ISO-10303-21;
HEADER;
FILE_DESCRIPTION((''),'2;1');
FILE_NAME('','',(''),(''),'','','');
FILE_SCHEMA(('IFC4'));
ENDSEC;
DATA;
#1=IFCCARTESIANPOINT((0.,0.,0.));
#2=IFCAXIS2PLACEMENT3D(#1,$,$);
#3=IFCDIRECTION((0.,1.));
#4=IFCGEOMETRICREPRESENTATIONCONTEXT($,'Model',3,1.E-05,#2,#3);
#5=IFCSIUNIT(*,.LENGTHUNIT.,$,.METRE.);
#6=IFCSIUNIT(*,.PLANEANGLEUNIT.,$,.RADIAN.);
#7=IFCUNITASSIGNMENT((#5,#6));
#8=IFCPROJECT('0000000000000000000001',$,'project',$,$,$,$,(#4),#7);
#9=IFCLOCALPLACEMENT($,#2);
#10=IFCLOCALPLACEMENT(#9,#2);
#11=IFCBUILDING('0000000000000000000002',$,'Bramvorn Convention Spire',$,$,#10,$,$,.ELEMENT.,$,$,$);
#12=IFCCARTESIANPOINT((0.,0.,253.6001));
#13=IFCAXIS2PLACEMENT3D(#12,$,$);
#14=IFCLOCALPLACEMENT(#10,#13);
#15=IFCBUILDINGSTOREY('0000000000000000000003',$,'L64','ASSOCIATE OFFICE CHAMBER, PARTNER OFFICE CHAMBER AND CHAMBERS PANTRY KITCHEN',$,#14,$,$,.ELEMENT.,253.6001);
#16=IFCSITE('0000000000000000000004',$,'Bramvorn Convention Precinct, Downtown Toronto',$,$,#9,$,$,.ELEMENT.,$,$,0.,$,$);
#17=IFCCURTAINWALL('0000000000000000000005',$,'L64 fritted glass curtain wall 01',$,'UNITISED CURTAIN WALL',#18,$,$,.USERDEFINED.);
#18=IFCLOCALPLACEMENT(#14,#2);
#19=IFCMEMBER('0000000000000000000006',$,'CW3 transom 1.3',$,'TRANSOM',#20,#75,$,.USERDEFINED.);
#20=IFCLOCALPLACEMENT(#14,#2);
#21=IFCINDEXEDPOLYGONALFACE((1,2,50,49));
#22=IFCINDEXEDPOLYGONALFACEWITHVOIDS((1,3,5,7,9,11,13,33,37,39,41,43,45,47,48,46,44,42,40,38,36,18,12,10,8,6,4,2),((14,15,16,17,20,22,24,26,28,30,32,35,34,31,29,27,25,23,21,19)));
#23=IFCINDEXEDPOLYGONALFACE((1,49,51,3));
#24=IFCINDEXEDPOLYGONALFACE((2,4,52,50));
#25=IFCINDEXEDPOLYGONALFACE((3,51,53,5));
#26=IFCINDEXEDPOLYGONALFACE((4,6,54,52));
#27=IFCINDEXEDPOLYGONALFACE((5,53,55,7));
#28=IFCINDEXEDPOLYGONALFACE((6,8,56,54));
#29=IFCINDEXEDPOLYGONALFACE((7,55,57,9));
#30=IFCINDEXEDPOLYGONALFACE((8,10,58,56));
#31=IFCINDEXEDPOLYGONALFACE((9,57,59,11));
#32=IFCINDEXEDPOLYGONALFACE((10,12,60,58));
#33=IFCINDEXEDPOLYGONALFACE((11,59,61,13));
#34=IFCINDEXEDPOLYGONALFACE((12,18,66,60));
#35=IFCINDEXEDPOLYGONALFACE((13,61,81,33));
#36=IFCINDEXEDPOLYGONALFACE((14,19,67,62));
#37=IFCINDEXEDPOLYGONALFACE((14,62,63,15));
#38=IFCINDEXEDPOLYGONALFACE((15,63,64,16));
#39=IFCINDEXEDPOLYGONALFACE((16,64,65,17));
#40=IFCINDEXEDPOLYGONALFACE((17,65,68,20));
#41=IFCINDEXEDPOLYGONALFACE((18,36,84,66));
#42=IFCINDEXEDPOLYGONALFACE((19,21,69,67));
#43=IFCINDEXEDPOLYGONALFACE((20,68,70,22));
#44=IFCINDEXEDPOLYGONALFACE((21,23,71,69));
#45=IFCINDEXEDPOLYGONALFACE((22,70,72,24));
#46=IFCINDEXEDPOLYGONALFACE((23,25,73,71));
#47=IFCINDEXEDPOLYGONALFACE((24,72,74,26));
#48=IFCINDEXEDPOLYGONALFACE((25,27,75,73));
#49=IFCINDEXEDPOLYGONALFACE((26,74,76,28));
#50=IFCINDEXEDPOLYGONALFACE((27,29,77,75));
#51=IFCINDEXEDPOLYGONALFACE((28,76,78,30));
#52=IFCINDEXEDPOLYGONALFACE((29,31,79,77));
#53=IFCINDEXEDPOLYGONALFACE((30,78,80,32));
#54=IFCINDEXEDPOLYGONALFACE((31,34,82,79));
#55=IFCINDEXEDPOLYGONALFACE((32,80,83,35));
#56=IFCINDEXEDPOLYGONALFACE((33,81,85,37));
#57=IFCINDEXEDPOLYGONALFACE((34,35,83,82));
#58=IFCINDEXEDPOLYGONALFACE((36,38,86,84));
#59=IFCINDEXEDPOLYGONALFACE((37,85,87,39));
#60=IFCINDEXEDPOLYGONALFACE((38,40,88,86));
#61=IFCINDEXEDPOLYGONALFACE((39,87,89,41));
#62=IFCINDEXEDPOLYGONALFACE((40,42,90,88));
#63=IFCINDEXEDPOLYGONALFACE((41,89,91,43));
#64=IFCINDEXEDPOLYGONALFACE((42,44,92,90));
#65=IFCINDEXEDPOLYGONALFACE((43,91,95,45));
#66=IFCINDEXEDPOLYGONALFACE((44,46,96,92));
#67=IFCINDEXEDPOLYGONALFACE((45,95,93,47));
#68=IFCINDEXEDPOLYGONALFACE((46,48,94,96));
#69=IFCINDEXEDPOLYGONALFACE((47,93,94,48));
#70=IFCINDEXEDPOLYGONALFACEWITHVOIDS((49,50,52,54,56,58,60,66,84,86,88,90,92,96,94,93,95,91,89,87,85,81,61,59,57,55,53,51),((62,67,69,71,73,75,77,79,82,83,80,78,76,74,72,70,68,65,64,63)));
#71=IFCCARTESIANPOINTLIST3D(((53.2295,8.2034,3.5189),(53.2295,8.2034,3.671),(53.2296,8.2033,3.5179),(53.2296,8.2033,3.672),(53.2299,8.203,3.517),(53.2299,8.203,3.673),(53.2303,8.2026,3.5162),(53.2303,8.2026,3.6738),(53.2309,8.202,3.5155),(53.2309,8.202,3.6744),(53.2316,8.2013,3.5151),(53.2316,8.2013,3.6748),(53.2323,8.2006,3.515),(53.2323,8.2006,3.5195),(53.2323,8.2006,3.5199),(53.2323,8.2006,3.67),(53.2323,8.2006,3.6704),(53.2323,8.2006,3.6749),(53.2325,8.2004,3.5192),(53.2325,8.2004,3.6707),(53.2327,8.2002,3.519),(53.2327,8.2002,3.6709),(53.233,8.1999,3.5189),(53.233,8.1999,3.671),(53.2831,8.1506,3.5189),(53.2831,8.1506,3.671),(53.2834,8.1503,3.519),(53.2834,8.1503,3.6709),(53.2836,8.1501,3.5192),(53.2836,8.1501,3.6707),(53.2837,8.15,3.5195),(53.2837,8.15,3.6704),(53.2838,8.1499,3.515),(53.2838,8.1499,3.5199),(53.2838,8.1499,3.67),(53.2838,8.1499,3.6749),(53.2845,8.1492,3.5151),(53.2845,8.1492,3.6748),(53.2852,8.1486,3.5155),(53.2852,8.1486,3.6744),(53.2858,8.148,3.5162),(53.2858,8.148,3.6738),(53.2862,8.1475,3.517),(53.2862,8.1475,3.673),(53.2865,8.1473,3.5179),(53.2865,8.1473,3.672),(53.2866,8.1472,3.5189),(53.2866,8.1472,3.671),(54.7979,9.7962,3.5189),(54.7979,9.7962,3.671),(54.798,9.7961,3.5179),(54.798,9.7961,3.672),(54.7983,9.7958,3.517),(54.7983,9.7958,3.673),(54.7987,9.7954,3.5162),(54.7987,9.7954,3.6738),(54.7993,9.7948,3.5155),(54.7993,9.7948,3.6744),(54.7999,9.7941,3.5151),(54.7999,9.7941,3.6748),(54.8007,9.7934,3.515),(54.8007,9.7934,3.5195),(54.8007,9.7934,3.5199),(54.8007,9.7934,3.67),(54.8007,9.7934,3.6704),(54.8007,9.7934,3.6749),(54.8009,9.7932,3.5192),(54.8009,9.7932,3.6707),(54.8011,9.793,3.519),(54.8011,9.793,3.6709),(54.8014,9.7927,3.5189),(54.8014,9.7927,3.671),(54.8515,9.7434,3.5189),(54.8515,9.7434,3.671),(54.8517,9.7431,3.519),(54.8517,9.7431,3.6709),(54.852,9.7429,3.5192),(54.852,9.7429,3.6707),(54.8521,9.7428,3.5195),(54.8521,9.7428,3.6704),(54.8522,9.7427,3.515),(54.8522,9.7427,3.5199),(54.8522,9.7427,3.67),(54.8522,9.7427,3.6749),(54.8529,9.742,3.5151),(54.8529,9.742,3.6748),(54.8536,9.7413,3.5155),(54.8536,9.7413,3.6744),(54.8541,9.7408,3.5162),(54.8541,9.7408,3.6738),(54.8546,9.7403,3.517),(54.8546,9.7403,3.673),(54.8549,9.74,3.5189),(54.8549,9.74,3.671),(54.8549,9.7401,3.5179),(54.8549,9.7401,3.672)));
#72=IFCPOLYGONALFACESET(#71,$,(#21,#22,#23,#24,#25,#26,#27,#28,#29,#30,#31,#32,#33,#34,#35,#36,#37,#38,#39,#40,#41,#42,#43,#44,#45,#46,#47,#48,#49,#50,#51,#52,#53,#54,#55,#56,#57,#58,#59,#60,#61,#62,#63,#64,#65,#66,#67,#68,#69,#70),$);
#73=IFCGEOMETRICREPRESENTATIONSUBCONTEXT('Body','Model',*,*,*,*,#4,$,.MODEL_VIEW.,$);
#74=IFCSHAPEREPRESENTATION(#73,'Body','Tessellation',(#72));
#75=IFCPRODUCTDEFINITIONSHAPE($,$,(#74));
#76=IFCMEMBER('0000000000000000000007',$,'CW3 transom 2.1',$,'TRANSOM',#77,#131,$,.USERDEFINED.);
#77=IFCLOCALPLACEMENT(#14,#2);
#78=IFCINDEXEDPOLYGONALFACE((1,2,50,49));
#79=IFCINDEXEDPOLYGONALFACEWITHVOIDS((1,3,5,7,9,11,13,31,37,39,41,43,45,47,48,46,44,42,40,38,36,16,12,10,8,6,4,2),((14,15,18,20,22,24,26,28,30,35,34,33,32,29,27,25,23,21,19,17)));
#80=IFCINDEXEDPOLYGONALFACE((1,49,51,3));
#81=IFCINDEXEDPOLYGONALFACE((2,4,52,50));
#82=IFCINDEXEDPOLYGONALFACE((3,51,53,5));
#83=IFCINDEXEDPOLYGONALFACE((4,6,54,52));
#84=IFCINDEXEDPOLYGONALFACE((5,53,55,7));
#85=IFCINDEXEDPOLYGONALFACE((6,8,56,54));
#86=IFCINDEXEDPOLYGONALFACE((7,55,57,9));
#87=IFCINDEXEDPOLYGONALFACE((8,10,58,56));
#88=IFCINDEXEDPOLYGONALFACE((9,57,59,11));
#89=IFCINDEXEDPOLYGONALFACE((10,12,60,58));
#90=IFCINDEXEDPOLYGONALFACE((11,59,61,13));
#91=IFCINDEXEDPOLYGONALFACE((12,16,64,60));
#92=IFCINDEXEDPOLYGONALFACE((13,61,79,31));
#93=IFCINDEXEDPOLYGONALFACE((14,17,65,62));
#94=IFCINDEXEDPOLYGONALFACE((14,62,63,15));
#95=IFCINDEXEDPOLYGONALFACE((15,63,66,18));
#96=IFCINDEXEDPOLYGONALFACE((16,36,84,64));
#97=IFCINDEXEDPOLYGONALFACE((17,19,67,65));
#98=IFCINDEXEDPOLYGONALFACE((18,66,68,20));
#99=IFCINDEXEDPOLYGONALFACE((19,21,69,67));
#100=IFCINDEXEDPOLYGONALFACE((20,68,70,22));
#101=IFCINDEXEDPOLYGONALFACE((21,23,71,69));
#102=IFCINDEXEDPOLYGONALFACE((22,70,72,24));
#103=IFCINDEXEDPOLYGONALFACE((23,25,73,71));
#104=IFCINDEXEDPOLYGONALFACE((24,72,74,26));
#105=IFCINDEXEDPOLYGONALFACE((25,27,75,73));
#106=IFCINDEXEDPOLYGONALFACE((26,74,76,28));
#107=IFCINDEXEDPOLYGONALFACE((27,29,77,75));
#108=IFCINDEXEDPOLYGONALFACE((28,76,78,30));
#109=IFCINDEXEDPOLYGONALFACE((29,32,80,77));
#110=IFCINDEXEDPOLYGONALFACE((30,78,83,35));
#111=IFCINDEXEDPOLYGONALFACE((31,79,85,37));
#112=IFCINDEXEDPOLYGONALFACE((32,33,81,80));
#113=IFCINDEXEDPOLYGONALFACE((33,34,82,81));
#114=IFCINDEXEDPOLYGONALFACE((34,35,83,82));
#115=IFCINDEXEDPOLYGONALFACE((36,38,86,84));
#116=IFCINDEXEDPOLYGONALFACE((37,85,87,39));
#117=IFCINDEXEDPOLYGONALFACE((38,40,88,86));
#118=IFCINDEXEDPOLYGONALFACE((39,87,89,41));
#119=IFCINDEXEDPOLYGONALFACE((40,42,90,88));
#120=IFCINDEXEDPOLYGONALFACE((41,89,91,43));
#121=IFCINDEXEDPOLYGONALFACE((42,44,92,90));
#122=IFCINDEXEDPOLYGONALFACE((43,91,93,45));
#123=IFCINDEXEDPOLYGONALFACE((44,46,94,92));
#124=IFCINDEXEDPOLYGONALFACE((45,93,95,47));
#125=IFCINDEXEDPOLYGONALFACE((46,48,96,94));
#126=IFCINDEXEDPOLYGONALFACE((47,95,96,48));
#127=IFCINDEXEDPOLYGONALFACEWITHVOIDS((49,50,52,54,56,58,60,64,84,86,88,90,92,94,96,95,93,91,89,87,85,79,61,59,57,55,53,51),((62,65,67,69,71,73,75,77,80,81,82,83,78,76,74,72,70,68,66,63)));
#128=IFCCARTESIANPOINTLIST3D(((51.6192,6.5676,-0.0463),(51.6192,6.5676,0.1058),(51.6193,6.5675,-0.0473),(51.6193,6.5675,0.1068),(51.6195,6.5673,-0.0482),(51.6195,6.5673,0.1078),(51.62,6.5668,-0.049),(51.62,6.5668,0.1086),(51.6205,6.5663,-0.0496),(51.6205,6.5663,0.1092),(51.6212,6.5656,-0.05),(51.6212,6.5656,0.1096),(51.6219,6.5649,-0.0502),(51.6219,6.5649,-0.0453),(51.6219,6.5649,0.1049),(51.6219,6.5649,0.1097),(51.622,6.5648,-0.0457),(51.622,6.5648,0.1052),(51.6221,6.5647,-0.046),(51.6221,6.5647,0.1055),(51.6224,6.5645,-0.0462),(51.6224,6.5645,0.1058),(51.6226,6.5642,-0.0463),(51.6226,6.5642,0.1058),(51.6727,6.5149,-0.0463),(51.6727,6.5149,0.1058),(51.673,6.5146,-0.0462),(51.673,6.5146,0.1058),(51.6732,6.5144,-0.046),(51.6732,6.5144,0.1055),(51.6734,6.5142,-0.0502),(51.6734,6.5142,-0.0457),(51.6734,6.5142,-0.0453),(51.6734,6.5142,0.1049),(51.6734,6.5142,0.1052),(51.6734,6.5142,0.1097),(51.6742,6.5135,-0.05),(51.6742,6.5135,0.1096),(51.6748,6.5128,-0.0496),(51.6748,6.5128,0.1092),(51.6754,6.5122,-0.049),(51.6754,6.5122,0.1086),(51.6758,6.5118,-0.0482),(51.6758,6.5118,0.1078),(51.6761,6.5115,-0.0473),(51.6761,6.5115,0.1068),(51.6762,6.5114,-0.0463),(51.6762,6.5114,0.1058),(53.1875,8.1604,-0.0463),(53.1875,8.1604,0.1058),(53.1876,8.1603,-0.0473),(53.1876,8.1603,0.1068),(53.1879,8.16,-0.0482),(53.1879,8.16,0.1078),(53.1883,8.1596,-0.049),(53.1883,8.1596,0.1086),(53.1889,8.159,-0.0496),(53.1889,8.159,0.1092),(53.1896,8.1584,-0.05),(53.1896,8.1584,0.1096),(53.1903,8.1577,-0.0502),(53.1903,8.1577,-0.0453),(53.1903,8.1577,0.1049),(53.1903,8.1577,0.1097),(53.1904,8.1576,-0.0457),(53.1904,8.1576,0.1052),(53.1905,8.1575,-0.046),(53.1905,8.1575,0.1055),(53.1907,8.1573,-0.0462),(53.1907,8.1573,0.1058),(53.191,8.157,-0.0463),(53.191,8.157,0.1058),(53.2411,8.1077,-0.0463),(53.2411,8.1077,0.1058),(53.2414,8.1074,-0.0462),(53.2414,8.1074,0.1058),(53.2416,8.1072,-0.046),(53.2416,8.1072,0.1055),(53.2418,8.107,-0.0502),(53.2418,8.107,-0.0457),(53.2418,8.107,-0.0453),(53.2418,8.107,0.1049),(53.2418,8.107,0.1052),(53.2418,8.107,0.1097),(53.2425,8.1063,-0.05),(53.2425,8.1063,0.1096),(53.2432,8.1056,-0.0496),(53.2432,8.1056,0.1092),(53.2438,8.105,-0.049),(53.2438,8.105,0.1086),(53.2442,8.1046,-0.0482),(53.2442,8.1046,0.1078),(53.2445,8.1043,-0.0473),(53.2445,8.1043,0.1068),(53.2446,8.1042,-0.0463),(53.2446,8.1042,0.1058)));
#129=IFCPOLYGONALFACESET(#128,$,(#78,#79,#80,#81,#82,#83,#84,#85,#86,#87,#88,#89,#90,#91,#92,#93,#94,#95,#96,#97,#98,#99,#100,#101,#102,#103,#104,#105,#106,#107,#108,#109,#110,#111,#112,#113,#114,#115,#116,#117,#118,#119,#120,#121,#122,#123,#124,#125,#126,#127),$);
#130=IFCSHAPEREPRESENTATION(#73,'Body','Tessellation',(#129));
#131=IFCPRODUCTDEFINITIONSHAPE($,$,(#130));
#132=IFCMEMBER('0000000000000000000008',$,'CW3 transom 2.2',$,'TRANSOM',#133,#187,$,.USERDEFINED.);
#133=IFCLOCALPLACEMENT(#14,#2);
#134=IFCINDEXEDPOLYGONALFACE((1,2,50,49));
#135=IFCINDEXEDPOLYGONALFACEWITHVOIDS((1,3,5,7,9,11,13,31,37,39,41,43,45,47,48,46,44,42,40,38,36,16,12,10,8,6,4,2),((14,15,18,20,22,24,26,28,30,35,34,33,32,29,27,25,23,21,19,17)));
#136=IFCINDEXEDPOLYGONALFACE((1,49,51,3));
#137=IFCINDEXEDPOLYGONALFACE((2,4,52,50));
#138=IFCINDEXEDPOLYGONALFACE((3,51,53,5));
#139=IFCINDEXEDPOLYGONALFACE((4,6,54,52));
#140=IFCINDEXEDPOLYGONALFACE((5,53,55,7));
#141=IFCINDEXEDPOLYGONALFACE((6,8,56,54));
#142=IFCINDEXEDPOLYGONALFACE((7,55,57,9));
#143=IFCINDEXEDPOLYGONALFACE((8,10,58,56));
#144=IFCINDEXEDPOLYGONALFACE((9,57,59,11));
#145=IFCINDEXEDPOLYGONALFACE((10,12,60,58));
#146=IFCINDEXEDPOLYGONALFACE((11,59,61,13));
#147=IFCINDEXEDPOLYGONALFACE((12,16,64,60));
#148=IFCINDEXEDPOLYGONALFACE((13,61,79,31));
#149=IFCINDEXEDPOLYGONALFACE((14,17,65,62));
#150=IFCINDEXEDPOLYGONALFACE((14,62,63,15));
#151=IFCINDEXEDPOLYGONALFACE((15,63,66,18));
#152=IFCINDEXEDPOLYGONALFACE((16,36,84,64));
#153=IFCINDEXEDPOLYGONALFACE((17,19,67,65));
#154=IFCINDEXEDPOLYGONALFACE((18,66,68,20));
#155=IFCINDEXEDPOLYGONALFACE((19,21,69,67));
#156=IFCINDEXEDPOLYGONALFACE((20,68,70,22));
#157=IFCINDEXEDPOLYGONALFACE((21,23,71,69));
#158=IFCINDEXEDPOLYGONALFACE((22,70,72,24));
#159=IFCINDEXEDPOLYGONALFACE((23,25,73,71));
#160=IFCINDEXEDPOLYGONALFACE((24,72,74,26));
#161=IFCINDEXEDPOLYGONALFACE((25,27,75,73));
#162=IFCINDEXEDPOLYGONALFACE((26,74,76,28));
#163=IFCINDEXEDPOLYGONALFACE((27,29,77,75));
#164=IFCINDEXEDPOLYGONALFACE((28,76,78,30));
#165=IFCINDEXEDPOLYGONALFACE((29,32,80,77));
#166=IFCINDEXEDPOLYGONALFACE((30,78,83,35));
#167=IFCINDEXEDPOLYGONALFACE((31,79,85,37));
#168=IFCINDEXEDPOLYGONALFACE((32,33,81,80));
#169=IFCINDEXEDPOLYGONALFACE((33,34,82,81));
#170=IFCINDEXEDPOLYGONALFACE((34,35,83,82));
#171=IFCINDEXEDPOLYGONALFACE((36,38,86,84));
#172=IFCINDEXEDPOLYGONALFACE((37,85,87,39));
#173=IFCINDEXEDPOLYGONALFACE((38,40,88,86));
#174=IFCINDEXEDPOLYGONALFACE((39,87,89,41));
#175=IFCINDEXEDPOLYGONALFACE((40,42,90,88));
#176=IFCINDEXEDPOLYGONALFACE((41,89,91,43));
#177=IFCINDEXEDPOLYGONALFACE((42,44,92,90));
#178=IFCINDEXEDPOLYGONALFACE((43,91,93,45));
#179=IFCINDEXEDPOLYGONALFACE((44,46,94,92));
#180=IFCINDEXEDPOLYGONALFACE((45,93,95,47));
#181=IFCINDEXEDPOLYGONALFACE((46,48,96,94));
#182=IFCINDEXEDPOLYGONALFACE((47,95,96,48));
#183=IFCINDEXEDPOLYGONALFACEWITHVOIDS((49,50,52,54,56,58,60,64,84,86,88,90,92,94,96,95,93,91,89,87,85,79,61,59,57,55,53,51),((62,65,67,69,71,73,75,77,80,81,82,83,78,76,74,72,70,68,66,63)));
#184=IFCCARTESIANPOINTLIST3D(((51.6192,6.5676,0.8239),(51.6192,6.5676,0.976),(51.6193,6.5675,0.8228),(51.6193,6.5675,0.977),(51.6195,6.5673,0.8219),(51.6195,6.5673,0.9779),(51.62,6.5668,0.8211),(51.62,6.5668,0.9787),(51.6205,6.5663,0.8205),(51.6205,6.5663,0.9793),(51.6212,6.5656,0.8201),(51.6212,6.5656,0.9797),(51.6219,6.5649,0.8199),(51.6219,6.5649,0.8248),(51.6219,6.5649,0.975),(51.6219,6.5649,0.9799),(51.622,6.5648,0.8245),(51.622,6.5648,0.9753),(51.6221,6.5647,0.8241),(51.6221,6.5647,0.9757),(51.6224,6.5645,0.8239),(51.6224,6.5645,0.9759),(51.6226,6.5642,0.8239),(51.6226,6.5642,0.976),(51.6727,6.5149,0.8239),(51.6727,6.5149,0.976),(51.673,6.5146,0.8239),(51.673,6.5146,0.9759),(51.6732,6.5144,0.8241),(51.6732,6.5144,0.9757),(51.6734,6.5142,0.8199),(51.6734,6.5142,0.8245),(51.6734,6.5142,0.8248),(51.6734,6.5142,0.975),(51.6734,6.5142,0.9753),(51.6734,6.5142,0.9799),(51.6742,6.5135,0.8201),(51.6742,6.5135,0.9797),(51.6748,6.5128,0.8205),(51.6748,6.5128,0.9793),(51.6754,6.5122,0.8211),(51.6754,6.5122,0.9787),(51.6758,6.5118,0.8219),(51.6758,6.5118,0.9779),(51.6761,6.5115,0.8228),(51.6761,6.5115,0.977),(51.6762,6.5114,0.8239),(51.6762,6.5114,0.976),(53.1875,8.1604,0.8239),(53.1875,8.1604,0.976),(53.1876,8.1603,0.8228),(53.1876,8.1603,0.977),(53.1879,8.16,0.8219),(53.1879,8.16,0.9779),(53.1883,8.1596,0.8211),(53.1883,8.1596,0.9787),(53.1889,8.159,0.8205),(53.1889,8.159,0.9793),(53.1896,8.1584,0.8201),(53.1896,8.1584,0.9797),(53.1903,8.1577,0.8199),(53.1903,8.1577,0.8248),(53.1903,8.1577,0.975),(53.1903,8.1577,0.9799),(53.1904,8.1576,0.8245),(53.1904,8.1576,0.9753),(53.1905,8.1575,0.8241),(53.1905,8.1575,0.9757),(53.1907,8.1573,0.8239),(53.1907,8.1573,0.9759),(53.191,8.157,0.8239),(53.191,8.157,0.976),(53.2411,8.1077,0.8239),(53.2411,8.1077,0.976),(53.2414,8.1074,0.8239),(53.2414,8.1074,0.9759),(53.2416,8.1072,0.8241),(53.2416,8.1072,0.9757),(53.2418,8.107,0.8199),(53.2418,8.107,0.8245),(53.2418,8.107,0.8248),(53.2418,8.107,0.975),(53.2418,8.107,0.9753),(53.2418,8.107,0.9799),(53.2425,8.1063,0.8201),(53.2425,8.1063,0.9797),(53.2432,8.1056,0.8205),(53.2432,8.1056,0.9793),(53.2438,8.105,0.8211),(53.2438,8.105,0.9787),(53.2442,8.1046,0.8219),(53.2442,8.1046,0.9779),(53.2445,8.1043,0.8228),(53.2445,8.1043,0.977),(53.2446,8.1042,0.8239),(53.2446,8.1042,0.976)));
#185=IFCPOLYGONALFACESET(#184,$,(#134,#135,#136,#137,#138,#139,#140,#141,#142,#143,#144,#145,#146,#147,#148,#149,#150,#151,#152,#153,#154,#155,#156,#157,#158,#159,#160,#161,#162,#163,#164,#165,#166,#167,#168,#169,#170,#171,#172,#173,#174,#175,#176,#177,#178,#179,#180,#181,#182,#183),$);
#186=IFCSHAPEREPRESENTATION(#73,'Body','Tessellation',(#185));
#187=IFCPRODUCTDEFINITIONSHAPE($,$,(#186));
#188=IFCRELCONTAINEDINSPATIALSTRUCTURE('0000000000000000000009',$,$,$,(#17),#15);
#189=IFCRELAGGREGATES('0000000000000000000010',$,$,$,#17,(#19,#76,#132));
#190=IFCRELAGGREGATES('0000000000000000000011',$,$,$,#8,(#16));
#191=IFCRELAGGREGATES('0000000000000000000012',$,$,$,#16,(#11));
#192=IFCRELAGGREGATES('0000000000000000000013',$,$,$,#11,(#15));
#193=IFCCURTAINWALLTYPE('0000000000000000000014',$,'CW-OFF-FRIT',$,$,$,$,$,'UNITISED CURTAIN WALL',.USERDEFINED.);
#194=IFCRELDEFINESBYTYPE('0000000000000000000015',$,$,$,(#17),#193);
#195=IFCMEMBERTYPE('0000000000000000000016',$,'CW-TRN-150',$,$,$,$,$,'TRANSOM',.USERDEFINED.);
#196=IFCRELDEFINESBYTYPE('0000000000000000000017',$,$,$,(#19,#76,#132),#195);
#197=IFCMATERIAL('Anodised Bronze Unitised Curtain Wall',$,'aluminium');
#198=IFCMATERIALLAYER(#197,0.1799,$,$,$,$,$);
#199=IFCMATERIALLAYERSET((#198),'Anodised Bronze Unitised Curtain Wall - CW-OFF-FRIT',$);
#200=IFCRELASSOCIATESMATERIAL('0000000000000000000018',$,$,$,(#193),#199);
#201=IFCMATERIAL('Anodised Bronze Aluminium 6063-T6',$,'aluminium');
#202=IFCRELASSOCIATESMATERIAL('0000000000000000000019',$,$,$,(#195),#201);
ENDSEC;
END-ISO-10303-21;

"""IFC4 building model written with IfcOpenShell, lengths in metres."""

from ifc_helpers import new_model, si_unit, direction, frame, origin, origin_2d, place, context, subcontext, project, spatial, hollow_rectangle, extrude, material, layer, layer_set, material_profile, profile_set, type_object, element, aggregate, save


model = new_model("IFC4")

# Units and contexts
model_context = context("Model", 3, precision=1e-05, world=origin(), true_north=direction((0.0, 1.0)))
body_context = subcontext(model_context, "Body", "Model", "MODEL_VIEW")
ifc_project = project(units=[si_unit("LENGTHUNIT", "METRE"), si_unit("PLANEANGLEUNIT", "RADIAN")], contexts=[model_context])

# Site, building, storey
site_placement = place(None, origin())
site = spatial("IfcSite", under=ifc_project, at=site_placement, Name="Bramvorn Convention Precinct, Downtown Toronto", CompositionType="ELEMENT", RefElevation=0.0)
building_placement = place(site_placement, origin())
building = spatial("IfcBuilding", under=site, at=building_placement, Name="Bramvorn Convention Spire", CompositionType="ELEMENT")
storey_placement = place(building_placement, frame((0.0, 0.0, 253.6001)))
storey = spatial("IfcBuildingStorey", under=building, at=storey_placement, Name="L64", Description="ASSOCIATE OFFICE CHAMBER, PARTNER OFFICE CHAMBER AND CHAMBERS PANTRY KITCHEN", CompositionType="ELEMENT", Elevation=253.6001)

# Curtain wall
ifc_material_1 = material(Name="Anodised Bronze Unitised Curtain Wall", Category="aluminium")
ifc_layer_1 = layer(ifc_material_1, 0.1799)
ifc_layer_set_1 = layer_set([ifc_layer_1], Name="Anodised Bronze Unitised Curtain Wall - CW-OFF-FRIT")
curtain_wall_type = type_object("IfcCurtainWallType", Name="CW-OFF-FRIT", ElementType="UNITISED CURTAIN WALL", PredefinedType="USERDEFINED", material=ifc_layer_set_1)
curtain_wall_1_placement = place(storey_placement, origin())
curtain_wall_1 = element("IfcCurtainWall", 1, at=curtain_wall_1_placement, inside=storey, type_object=curtain_wall_type, Name="L64 fritted glass curtain wall 01", ObjectType="UNITISED CURTAIN WALL", PredefinedType="USERDEFINED")
ifc_material_2 = material(Name="Anodised Bronze Aluminium 6063-T6", Category="aluminium")

# Members
ifc_material_profile_1 = material_profile(ifc_material_2, hollow_rectangle(XDim=0.0801, YDim=0.1599, WallThickness=0.0039, InnerFilletRadius=0.001, OuterFilletRadius=0.0039, at=origin_2d()))
ifc_profile_set_1 = profile_set([ifc_material_profile_1], Name="Anodised Bronze Aluminium 6063-T6 - CWT80X160")
member_type_1 = type_object("IfcMemberType", Name="CW-TRN-150", ElementType="TRANSOM", PredefinedType="USERDEFINED", material=ifc_profile_set_1)
member_1_placement = place(storey_placement, frame((54.8264, 9.7681, 3.595), z_axis=(-0.701625, -0.712547, 0.0), x_axis=(0.712547, -0.701625, 0.0)))
member_1 = element("IfcMember", 2, at=member_1_placement, type_object=member_type_1, Name="CW3 transom 1.3", ObjectType="TRANSOM", PredefinedType="USERDEFINED", context=body_context, shape_type="SweptSolid", body=[
    extrude(hollow_rectangle(XDim=0.0801, YDim=0.1599, WallThickness=0.0039, InnerFilletRadius=0.001, OuterFilletRadius=0.0039, at=origin_2d()), origin(), (0.0, 0.0, 1.0), 2.2354),
])
member_2_placement = place(storey_placement, frame((53.2161, 8.1323, 0.0298), z_axis=(-0.701625, -0.712547, 0.0), x_axis=(0.712547, -0.701625, 0.0)))
member_2 = element("IfcMember", 3, at=member_2_placement, type_object=member_type_1, Name="CW3 transom 2.1", ObjectType="TRANSOM", PredefinedType="USERDEFINED", context=body_context, shape_type="SweptSolid", body=[
    extrude(hollow_rectangle(XDim=0.0801, YDim=0.1599, WallThickness=0.0039, InnerFilletRadius=0.001, OuterFilletRadius=0.0039, at=origin_2d()), origin(), (0.0, 0.0, 1.0), 2.2354),
])
member_3_placement = place(storey_placement, frame((53.2161, 8.1323, 0.8999), z_axis=(-0.701625, -0.712547, 0.0), x_axis=(0.712547, -0.701625, 0.0)))
member_3 = element("IfcMember", 4, at=member_3_placement, type_object=member_type_1, Name="CW3 transom 2.2", ObjectType="TRANSOM", PredefinedType="USERDEFINED", context=body_context, shape_type="SweptSolid", body=[
    extrude(hollow_rectangle(XDim=0.0801, YDim=0.1599, WallThickness=0.0039, InnerFilletRadius=0.001, OuterFilletRadius=0.0039, at=origin_2d()), origin(), (0.0, 0.0, 1.0), 2.2354),
])

aggregate(curtain_wall_1, [member_1, member_2, member_3])

save(model, "model.ifc")
